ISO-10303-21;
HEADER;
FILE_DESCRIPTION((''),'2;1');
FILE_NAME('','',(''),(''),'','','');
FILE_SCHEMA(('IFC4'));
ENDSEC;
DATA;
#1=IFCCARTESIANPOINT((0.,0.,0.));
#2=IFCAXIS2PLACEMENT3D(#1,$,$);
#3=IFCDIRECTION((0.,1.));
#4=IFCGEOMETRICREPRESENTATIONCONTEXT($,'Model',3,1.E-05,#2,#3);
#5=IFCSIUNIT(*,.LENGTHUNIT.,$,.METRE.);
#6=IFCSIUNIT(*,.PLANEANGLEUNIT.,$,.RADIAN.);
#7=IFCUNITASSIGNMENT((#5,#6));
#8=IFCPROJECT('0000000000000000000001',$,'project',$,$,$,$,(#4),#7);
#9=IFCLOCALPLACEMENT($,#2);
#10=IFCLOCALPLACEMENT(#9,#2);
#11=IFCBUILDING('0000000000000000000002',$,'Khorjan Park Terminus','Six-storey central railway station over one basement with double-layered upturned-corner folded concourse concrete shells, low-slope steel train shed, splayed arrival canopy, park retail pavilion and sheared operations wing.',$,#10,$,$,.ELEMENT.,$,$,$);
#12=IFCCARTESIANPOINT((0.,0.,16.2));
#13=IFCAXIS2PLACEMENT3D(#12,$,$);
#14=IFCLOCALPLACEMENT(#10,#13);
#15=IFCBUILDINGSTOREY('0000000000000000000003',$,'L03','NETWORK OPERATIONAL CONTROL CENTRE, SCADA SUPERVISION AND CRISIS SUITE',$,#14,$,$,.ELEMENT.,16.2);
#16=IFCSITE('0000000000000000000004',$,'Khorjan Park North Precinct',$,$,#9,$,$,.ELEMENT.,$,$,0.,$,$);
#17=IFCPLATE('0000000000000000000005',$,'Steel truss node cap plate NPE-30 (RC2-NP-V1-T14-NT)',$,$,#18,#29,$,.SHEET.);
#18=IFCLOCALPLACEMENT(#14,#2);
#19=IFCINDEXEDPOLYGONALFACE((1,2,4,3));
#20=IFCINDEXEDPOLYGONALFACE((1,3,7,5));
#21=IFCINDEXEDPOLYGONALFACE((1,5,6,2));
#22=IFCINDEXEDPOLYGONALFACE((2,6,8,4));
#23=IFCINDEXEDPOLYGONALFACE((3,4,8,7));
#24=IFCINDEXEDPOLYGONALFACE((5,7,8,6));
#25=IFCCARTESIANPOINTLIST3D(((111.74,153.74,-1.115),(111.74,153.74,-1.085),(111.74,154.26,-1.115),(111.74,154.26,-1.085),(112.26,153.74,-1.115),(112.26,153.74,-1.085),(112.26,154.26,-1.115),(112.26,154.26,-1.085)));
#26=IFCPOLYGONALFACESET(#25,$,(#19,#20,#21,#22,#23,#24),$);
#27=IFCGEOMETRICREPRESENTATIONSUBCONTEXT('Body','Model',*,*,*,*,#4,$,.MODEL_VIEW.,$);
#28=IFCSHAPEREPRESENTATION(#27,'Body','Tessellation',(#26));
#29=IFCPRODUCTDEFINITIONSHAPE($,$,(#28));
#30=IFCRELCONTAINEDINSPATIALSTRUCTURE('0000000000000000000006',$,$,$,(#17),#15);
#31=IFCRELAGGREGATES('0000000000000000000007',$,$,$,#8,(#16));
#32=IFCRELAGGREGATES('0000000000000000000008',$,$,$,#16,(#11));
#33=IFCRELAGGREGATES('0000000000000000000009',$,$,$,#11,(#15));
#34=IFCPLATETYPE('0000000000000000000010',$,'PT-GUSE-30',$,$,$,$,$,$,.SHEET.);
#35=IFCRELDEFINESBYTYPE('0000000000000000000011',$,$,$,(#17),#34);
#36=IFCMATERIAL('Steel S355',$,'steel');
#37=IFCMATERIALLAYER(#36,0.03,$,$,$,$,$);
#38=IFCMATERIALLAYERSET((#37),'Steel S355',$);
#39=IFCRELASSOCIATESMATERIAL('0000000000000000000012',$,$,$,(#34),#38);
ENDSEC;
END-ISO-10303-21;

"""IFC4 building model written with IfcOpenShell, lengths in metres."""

from ifc_helpers import new_model, si_unit, direction, frame, origin, origin_2d, place, context, subcontext, project, spatial, rectangle, extrude, material, layer, layer_set, type_object, element, save


model = new_model("IFC4")

# Units and contexts
model_context = context("Model", 3, precision=1e-05, world=origin(), true_north=direction((0.0, 1.0)))
body_context = subcontext(model_context, "Body", "Model", "MODEL_VIEW")
ifc_project = project(units=[si_unit("LENGTHUNIT", "METRE"), si_unit("PLANEANGLEUNIT", "RADIAN")], contexts=[model_context])

# Site, building, storey
site_placement = place(None, origin())
site = spatial("IfcSite", under=ifc_project, at=site_placement, Name="Khorjan Park North Precinct", CompositionType="ELEMENT", RefElevation=0.0)
building_placement = place(site_placement, origin())
building = spatial("IfcBuilding", under=site, at=building_placement, Name="Khorjan Park Terminus", Description="Six-storey central railway station over one basement with double-layered upturned-corner folded concourse concrete shells, low-slope steel train shed, splayed arrival canopy, park retail pavilion and sheared operations wing.", CompositionType="ELEMENT")
storey_placement = place(building_placement, frame((0.0, 0.0, 16.2)))
storey = spatial("IfcBuildingStorey", under=building, at=storey_placement, Name="L03", Description="NETWORK OPERATIONAL CONTROL CENTRE, SCADA SUPERVISION AND CRISIS SUITE", CompositionType="ELEMENT", Elevation=16.2)

# Shared definitions
ifc_material = material(Name="Steel S355", Category="steel")

# Plate
ifc_layer_1 = layer(ifc_material, 0.03)
ifc_layer_set_1 = layer_set([ifc_layer_1], Name="Steel S355")
plate_type_1 = type_object("IfcPlateType", Name="PT-GUSE-30", PredefinedType="SHEET", material=ifc_layer_set_1)
plate_1_placement = place(storey_placement, frame((112.0, 154.0, -1.115), z_axis=(0.0, 0.0, 1.0), x_axis=(1.0, 0.0, 0.0)))
element("IfcPlate", 1, at=plate_1_placement, inside=storey, type_object=plate_type_1, Name="Steel truss node cap plate NPE-30 (RC2-NP-V1-T14-NT)", PredefinedType="SHEET", context=body_context, shape_type="SweptSolid", body=[
    extrude(rectangle(XDim=0.52, YDim=0.52, at=origin_2d()), origin(), (0.0, 0.0, 1.0), 0.03),
])

save(model, "model.ifc")
